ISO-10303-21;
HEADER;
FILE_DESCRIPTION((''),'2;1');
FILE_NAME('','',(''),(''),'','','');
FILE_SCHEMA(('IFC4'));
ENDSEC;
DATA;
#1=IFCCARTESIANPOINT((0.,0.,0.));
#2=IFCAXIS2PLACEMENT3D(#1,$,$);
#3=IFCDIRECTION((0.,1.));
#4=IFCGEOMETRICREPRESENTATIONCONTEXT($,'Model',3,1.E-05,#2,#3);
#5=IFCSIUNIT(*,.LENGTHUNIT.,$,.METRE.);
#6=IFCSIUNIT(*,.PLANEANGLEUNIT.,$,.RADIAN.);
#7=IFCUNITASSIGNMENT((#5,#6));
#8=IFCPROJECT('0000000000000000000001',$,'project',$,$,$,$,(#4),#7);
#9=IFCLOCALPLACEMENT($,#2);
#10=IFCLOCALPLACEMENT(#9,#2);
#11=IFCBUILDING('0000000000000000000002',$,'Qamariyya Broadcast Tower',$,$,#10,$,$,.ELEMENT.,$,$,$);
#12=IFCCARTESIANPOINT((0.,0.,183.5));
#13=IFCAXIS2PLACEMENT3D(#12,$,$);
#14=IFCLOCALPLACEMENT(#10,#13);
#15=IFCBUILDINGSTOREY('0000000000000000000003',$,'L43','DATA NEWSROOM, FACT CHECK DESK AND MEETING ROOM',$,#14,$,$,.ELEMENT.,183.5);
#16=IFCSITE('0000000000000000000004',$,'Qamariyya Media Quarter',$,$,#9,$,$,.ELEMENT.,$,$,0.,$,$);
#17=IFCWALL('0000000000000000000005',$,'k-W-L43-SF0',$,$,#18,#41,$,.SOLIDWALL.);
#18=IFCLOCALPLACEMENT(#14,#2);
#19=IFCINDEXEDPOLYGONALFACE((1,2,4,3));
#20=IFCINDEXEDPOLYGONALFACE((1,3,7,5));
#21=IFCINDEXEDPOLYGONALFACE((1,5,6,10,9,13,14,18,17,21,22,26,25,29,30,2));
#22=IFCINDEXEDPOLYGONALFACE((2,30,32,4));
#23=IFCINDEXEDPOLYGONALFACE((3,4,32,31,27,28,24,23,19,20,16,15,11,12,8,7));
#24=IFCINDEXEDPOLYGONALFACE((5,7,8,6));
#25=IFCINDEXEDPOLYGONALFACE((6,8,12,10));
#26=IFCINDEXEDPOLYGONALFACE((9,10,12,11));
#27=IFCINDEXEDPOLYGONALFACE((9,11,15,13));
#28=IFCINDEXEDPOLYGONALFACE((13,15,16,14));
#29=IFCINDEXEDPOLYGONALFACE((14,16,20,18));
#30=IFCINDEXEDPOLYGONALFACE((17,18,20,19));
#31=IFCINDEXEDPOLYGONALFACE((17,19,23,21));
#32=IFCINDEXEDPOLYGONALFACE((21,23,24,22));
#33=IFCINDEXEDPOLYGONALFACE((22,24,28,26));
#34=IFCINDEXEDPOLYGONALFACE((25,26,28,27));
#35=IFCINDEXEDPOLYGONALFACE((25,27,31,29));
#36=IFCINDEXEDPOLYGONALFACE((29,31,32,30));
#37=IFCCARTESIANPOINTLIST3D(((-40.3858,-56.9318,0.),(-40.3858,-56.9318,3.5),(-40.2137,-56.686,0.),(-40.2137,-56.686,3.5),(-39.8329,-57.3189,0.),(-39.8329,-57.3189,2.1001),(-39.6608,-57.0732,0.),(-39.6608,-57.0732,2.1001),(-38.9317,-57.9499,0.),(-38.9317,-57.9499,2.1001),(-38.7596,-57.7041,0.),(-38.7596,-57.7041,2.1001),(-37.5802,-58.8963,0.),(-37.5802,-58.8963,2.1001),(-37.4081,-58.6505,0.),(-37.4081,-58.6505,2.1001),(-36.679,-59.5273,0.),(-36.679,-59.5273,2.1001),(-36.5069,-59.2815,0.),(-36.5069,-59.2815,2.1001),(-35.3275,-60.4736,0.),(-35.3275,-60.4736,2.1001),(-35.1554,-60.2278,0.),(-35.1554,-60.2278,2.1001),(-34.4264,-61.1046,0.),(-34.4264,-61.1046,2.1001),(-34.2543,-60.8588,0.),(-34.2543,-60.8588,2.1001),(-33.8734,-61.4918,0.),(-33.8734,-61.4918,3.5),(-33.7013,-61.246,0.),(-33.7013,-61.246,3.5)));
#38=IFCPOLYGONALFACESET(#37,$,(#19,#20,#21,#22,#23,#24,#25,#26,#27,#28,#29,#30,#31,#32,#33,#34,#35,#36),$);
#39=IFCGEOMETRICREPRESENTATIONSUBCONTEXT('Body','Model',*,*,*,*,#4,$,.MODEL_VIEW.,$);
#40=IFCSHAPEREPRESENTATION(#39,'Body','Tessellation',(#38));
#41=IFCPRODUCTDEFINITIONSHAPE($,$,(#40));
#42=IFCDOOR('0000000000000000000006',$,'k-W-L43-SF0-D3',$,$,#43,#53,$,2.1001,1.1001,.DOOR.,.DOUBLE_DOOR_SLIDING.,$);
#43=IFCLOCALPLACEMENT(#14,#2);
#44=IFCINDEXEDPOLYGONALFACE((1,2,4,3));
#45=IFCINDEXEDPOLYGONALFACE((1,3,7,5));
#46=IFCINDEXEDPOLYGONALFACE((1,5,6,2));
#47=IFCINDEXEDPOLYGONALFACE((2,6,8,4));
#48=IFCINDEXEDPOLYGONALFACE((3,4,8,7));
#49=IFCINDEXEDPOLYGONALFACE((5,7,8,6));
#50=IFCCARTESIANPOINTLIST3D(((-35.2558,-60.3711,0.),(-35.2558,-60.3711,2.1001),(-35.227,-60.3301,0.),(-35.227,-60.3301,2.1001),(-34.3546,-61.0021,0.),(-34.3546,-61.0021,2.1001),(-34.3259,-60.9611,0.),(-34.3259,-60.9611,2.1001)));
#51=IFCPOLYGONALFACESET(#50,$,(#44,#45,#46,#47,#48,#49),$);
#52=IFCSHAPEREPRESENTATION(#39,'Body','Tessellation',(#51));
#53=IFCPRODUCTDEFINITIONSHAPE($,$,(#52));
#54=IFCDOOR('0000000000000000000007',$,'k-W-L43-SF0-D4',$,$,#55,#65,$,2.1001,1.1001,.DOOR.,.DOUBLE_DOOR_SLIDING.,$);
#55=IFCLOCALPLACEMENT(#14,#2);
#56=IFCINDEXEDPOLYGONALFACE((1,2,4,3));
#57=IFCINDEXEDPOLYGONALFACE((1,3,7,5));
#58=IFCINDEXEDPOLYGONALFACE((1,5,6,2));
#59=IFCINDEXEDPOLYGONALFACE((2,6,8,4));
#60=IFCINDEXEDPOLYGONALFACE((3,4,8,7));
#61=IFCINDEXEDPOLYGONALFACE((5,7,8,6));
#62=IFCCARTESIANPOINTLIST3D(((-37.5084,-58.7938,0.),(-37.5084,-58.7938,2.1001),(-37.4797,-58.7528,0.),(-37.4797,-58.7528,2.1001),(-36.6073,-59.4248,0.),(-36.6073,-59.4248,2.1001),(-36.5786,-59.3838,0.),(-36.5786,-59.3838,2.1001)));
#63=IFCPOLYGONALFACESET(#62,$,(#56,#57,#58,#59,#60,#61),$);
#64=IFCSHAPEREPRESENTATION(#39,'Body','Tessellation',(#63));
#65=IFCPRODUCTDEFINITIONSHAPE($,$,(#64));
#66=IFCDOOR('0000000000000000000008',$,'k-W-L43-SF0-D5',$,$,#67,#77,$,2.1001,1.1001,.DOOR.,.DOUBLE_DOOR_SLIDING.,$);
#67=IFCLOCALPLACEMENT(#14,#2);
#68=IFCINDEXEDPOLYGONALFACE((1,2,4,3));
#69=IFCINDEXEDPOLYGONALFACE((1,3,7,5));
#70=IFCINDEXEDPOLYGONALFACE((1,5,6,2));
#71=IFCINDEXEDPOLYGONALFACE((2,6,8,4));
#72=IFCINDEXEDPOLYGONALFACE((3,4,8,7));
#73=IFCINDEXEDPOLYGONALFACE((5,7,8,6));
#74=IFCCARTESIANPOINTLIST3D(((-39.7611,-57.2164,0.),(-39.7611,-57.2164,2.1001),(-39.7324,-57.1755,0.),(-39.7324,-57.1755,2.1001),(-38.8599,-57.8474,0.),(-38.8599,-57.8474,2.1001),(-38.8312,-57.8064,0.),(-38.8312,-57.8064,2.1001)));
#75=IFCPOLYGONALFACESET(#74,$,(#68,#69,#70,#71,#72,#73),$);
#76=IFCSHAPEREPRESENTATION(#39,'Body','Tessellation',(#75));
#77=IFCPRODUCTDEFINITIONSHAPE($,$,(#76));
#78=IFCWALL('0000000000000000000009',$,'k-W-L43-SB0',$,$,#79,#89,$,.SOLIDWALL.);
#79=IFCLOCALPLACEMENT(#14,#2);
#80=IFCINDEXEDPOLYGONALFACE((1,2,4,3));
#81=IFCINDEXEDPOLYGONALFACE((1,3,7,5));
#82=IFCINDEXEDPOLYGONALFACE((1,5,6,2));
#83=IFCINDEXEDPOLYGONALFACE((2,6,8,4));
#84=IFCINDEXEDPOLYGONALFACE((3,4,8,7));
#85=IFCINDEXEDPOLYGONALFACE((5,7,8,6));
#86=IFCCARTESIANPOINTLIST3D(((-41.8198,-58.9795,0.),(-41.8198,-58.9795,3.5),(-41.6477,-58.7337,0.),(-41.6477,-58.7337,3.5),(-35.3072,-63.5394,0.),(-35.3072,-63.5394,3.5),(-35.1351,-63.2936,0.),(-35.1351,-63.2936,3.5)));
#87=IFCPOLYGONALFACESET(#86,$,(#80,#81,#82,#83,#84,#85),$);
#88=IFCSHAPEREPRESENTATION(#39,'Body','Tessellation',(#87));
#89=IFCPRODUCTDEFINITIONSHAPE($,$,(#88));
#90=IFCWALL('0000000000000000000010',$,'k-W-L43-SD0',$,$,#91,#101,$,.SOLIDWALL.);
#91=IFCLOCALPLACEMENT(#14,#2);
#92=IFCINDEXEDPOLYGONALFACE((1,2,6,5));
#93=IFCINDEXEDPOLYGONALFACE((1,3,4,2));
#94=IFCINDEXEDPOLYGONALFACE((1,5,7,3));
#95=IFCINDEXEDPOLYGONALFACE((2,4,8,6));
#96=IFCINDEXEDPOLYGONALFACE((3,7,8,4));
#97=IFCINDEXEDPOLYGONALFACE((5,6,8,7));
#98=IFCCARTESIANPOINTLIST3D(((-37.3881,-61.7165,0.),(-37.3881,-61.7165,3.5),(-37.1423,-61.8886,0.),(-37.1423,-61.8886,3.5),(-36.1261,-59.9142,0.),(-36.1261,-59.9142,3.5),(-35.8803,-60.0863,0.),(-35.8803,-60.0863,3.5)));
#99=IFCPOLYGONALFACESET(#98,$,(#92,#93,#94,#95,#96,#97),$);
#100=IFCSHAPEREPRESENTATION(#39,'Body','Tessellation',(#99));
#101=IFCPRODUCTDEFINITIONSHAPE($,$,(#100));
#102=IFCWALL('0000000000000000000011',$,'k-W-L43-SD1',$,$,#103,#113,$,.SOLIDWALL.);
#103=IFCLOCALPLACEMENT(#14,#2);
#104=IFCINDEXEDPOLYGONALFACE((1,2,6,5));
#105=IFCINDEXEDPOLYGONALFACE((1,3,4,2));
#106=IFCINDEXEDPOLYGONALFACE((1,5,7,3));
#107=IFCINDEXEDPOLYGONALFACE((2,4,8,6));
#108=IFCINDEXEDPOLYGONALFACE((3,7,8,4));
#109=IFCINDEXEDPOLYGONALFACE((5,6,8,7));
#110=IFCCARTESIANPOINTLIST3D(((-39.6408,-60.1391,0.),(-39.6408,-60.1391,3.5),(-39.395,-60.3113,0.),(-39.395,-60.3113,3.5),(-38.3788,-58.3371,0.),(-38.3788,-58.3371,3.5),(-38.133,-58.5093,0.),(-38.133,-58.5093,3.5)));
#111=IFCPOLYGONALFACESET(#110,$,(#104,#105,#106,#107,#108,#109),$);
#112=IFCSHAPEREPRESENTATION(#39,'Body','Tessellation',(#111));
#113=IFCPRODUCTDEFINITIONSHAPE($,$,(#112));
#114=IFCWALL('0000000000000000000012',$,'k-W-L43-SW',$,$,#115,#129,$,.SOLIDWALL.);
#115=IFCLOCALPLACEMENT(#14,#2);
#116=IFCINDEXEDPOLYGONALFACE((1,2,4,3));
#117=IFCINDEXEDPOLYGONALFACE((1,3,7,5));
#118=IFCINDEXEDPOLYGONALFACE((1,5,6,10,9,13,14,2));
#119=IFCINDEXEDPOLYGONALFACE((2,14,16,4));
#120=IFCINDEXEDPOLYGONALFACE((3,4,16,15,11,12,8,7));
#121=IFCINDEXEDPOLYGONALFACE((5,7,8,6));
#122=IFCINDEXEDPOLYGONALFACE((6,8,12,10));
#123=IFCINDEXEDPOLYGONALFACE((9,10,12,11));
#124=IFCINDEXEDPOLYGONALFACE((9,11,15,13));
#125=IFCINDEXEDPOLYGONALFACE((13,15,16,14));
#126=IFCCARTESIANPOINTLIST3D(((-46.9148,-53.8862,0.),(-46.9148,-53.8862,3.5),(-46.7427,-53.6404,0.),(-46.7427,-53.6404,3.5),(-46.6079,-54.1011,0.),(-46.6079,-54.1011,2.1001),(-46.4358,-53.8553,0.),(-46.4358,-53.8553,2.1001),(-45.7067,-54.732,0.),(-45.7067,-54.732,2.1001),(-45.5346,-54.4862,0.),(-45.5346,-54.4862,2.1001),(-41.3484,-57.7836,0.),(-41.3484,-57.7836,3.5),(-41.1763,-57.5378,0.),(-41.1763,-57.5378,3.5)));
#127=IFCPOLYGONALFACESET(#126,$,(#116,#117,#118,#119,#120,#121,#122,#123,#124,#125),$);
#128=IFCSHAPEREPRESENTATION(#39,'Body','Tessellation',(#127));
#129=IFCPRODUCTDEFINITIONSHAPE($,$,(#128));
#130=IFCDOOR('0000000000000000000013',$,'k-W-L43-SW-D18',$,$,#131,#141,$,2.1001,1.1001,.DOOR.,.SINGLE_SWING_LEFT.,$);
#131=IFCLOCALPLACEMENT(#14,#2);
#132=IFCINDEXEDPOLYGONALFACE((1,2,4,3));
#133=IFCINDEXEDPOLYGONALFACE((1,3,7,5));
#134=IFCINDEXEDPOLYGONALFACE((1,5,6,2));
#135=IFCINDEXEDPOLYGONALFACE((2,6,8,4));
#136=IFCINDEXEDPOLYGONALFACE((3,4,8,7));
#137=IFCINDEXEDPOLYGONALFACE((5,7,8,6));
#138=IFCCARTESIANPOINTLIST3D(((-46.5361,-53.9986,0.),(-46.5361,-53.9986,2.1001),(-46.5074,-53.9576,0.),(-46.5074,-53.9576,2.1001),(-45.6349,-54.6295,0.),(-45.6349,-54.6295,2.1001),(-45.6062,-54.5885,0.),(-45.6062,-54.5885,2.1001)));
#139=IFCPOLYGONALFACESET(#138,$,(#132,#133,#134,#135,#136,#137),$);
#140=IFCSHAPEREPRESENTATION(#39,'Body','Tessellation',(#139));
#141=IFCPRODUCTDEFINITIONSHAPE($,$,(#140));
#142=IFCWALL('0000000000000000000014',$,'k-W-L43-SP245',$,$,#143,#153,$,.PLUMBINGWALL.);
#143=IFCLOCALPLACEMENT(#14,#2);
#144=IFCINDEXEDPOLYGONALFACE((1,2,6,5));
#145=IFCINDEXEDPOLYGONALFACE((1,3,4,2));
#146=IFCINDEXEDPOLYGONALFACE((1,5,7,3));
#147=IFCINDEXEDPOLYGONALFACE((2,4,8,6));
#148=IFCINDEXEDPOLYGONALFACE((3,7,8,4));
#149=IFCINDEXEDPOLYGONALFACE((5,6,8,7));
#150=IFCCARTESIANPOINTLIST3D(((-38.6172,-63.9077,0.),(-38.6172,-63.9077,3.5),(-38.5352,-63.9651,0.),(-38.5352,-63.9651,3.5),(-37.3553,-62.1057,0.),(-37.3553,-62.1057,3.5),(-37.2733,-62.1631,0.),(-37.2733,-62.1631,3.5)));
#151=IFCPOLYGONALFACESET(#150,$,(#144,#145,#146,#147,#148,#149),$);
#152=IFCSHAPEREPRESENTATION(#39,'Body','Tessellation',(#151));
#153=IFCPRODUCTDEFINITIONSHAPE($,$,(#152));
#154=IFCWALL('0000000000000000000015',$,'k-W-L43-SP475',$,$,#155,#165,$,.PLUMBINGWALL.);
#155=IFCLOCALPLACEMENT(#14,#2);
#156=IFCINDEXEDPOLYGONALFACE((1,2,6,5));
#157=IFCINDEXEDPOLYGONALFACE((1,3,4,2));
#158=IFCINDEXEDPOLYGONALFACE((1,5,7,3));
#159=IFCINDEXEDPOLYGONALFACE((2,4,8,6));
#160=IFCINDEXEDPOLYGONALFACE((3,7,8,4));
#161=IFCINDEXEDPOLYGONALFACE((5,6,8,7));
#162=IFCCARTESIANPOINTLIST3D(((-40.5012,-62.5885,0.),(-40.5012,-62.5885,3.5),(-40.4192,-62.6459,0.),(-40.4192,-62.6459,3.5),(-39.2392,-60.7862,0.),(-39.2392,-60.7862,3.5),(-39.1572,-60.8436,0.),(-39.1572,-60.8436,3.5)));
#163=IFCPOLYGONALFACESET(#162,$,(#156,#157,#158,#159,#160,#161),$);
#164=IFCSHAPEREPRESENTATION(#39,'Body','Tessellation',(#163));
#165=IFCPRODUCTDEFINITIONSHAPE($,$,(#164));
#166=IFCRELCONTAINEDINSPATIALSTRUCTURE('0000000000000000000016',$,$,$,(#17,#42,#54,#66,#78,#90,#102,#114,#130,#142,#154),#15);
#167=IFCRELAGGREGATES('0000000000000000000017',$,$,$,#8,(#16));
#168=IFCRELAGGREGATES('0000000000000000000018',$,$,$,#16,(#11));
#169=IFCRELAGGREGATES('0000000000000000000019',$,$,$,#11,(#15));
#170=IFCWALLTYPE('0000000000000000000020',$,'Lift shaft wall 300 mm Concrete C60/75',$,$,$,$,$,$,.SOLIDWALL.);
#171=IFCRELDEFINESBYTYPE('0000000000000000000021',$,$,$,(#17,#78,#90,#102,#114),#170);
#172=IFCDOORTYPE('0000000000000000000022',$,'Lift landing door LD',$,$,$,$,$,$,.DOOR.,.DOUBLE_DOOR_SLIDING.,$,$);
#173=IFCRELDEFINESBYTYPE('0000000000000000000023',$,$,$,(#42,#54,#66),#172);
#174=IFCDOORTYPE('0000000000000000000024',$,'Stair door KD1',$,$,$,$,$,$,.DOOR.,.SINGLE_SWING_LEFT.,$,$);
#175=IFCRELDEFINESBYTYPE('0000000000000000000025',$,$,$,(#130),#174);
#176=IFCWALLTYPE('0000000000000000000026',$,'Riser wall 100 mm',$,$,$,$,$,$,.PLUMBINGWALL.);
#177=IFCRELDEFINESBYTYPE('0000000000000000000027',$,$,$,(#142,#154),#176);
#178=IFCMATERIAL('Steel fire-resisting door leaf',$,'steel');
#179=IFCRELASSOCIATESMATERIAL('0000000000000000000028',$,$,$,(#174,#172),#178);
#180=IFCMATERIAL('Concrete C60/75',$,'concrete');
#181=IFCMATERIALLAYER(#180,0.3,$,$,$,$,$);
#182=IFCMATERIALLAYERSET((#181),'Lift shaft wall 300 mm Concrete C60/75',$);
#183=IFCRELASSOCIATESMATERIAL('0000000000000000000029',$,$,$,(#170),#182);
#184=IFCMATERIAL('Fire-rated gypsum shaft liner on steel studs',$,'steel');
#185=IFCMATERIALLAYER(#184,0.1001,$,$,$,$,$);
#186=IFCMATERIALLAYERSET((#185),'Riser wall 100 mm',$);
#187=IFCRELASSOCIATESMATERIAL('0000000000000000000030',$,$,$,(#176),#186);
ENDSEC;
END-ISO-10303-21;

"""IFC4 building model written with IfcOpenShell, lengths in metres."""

from ifc_helpers import new_model, si_unit, direction, frame, frame_2d, origin, place, context, subcontext, project, spatial, rectangle, extrude, material, layer, layer_set, type_object, element, fill, save


model = new_model("IFC4")

# Units and contexts
model_context = context("Model", 3, precision=1e-05, world=origin(), true_north=direction((0.0, 1.0)))
body_context = subcontext(model_context, "Body", "Model", "MODEL_VIEW")
ifc_project = project(units=[si_unit("LENGTHUNIT", "METRE"), si_unit("PLANEANGLEUNIT", "RADIAN")], contexts=[model_context])

# Site, building, storey
site_placement = place(None, origin())
site = spatial("IfcSite", under=ifc_project, at=site_placement, Name="Qamariyya Media Quarter", CompositionType="ELEMENT", RefElevation=0.0)
building_placement = place(site_placement, origin())
building = spatial("IfcBuilding", under=site, at=building_placement, Name="Qamariyya Broadcast Tower", CompositionType="ELEMENT")
storey_placement = place(building_placement, frame((0.0, 0.0, 183.5)))
storey = spatial("IfcBuildingStorey", under=building, at=storey_placement, Name="L43", Description="DATA NEWSROOM, FACT CHECK DESK AND MEETING ROOM", CompositionType="ELEMENT", Elevation=183.5)

# Shared definitions
ifc_material_1 = material(Name="Concrete C60/75", Category="concrete")

# Shared definitions
ifc_material_2 = material(Name="Steel fire-resisting door leaf", Category="steel")

# Shared definitions
door_type_1 = type_object("IfcDoorType", Name="Stair door KD1", OperationType="SINGLE_SWING_LEFT", PredefinedType="DOOR", material=ifc_material_2)

# Shared definitions
ifc_layer_1 = layer(ifc_material_1, 0.3)
ifc_layer_set_1 = layer_set([ifc_layer_1], Name="Lift shaft wall 300 mm Concrete C60/75")
wall_type_1 = type_object("IfcWallType", Name="Lift shaft wall 300 mm Concrete C60/75", PredefinedType="SOLIDWALL", material=ifc_layer_set_1)

# Wall, openings, doors
wall_1_placement = place(storey_placement, frame((-33.7874, -61.3689, 0.0), z_axis=(0.0, 0.0, 1.0), x_axis=(-0.819153, 0.573576, 0.0)))
wall_1 = element("IfcWall", 1, at=wall_1_placement, inside=storey, type_object=wall_type_1, Name="k-W-L43-SF0", PredefinedType="SOLIDWALL", context=body_context, shape_type="SweptSolid", body=[
    extrude(rectangle(XDim=7.9502, YDim=0.3, at=frame_2d((3.9751, 0.0))), origin(), (0.0, 0.0, 1.0), 3.5),
])
opening_1_placement = place(wall_1_placement, frame((0.675, 0.0, 0.0)))
opening_1 = element("IfcOpeningElement", 2, at=opening_1_placement, cuts=wall_1, PredefinedType="OPENING", context=body_context, shape_type="SweptSolid", body=[
    extrude(rectangle(XDim=1.1001, YDim=2.1001, at=frame_2d((0.55, 1.05))), frame((0.0, 0.1599, 0.0), z_axis=(0.0, -1.0, 0.0), x_axis=(1.0, 0.0, 0.0)), (0.0, 0.0, 1.0), 0.3201),
])
opening_2_placement = place(wall_1_placement, frame((3.425, 0.0, 0.0)))
opening_2 = element("IfcOpeningElement", 3, at=opening_2_placement, cuts=wall_1, PredefinedType="OPENING", context=body_context, shape_type="SweptSolid", body=[
    extrude(rectangle(XDim=1.1001, YDim=2.1001, at=frame_2d((0.55, 1.05))), frame((0.0, 0.1599, 0.0), z_axis=(0.0, -1.0, 0.0), x_axis=(1.0, 0.0, 0.0)), (0.0, 0.0, 1.0), 0.3201),
])
opening_3_placement = place(wall_1_placement, frame((6.175, 0.0, 0.0)))
opening_3 = element("IfcOpeningElement", 4, at=opening_3_placement, cuts=wall_1, PredefinedType="OPENING", context=body_context, shape_type="SweptSolid", body=[
    extrude(rectangle(XDim=1.1001, YDim=2.1001, at=frame_2d((0.55, 1.05))), frame((0.0, 0.1599, 0.0), z_axis=(0.0, -1.0, 0.0), x_axis=(1.0, 0.0, 0.0)), (0.0, 0.0, 1.0), 0.3201),
])
door_type_2 = type_object("IfcDoorType", Name="Lift landing door LD", OperationType="DOUBLE_DOOR_SLIDING", PredefinedType="DOOR", material=ifc_material_2)
door_1_placement = place(opening_1_placement, origin())
door_1 = element("IfcDoor", 5, at=door_1_placement, inside=storey, type_object=door_type_2, Name="k-W-L43-SF0-D3", OperationType="DOUBLE_DOOR_SLIDING", OverallHeight=2.1001, OverallWidth=1.1001, PredefinedType="DOOR", context=body_context, shape_type="SweptSolid", body=[
    extrude(rectangle(XDim=1.1001, YDim=2.1001, at=frame_2d((0.55, 1.05))), frame((0.0, 0.0249, 0.0), z_axis=(0.0, -1.0, 0.0), x_axis=(1.0, 0.0, 0.0)), (0.0, 0.0, 1.0), 0.05),
])
fill(opening_1, door_1)
door_2_placement = place(opening_2_placement, origin())
door_2 = element("IfcDoor", 6, at=door_2_placement, inside=storey, type_object=door_type_2, Name="k-W-L43-SF0-D4", OperationType="DOUBLE_DOOR_SLIDING", OverallHeight=2.1001, OverallWidth=1.1001, PredefinedType="DOOR", context=body_context, shape_type="SweptSolid", body=[
    extrude(rectangle(XDim=1.1001, YDim=2.1001, at=frame_2d((0.55, 1.05))), frame((0.0, 0.0249, 0.0), z_axis=(0.0, -1.0, 0.0), x_axis=(1.0, 0.0, 0.0)), (0.0, 0.0, 1.0), 0.05),
])
fill(opening_2, door_2)
door_3_placement = place(opening_3_placement, origin())
door_3 = element("IfcDoor", 7, at=door_3_placement, inside=storey, type_object=door_type_2, Name="k-W-L43-SF0-D5", OperationType="DOUBLE_DOOR_SLIDING", OverallHeight=2.1001, OverallWidth=1.1001, PredefinedType="DOOR", context=body_context, shape_type="SweptSolid", body=[
    extrude(rectangle(XDim=1.1001, YDim=2.1001, at=frame_2d((0.55, 1.05))), frame((0.0, 0.0249, 0.0), z_axis=(0.0, -1.0, 0.0), x_axis=(1.0, 0.0, 0.0)), (0.0, 0.0, 1.0), 0.05),
])
fill(opening_3, door_3)

# Walls
wall_2_placement = place(storey_placement, frame((-35.2212, -63.4165, 0.0), z_axis=(0.0, 0.0, 1.0), x_axis=(-0.819167, 0.573555, 0.0)))
element("IfcWall", 8, at=wall_2_placement, inside=storey, type_object=wall_type_1, Name="k-W-L43-SB0", PredefinedType="SOLIDWALL", context=body_context, shape_type="SweptSolid", body=[
    extrude(rectangle(XDim=7.9502, YDim=0.3, at=frame_2d((3.9751, 0.0))), origin(), (0.0, 0.0, 1.0), 3.5),
])
wall_3_placement = place(storey_placement, frame((-36.0032, -60.0002, 0.0), z_axis=(0.0, 0.0, 1.0), x_axis=(-0.573581, -0.819149, 0.0)))
element("IfcWall", 9, at=wall_3_placement, inside=storey, type_object=wall_type_1, Name="k-W-L43-SD0", PredefinedType="SOLIDWALL", context=body_context, shape_type="SweptSolid", body=[
    extrude(rectangle(XDim=2.2002, YDim=0.3, at=frame_2d((1.1001, 0.0))), origin(), (0.0, 0.0, 1.0), 3.5),
])
wall_4_placement = place(storey_placement, frame((-38.2559, -58.4231, 0.0), z_axis=(0.0, 0.0, 1.0), x_axis=(-0.573634, -0.819112, 0.0)))
element("IfcWall", 10, at=wall_4_placement, inside=storey, type_object=wall_type_1, Name="k-W-L43-SD1", PredefinedType="SOLIDWALL", context=body_context, shape_type="SweptSolid", body=[
    extrude(rectangle(XDim=2.2, YDim=0.3, at=frame_2d((1.1001, 0.0))), origin(), (0.0, 0.0, 1.0), 3.5),
])

# Wall, opening, door
wall_5_placement = place(storey_placement, frame((-41.2625, -57.6606, 0.0), z_axis=(0.0, 0.0, 1.0), x_axis=(-0.819164, 0.573559, 0.0)))
wall_5 = element("IfcWall", 11, at=wall_5_placement, inside=storey, type_object=wall_type_1, Name="k-W-L43-SW", PredefinedType="SOLIDWALL", context=body_context, shape_type="SweptSolid", body=[
    extrude(rectangle(XDim=6.7952, YDim=0.3, at=frame_2d((3.3975, 0.0))), origin(), (0.0, 0.0, 1.0), 3.5),
])
opening_4_placement = place(wall_5_placement, frame((5.3203, 0.0, 0.0)))
opening_4 = element("IfcOpeningElement", 12, at=opening_4_placement, cuts=wall_5, PredefinedType="OPENING", context=body_context, shape_type="SweptSolid", body=[
    extrude(rectangle(XDim=1.1001, YDim=2.1001, at=frame_2d((0.55, 1.05))), frame((0.0, 0.1599, 0.0), z_axis=(0.0, -1.0, 0.0), x_axis=(1.0, 0.0, 0.0)), (0.0, 0.0, 1.0), 0.3201),
])
door_4_placement = place(opening_4_placement, origin())
door_4 = element("IfcDoor", 13, at=door_4_placement, inside=storey, type_object=door_type_1, Name="k-W-L43-SW-D18", OperationType="SINGLE_SWING_LEFT", OverallHeight=2.1001, OverallWidth=1.1001, PredefinedType="DOOR", context=body_context, shape_type="SweptSolid", body=[
    extrude(rectangle(XDim=1.1001, YDim=2.1001, at=frame_2d((0.55, 1.05))), frame((0.0, 0.0249, 0.0), z_axis=(0.0, -1.0, 0.0), x_axis=(1.0, 0.0, 0.0)), (0.0, 0.0, 1.0), 0.05),
])
fill(opening_4, door_4)

# Walls
ifc_material_3 = material(Name="Fire-rated gypsum shaft liner on steel studs", Category="steel")
ifc_layer_2 = layer(ifc_material_3, 0.1001)
ifc_layer_set_2 = layer_set([ifc_layer_2], Name="Riser wall 100 mm")
wall_type_2 = type_object("IfcWallType", Name="Riser wall 100 mm", PredefinedType="PLUMBINGWALL", material=ifc_layer_set_2)
wall_6_placement = place(storey_placement, frame((-37.3142, -62.1343, 0.0), z_axis=(0.0, 0.0, 1.0), x_axis=(-0.573634, -0.819112, 0.0)))
element("IfcWall", 14, at=wall_6_placement, inside=storey, type_object=wall_type_2, Name="k-W-L43-SP245", PredefinedType="PLUMBINGWALL", context=body_context, shape_type="SweptSolid", body=[
    extrude(rectangle(XDim=2.2, YDim=0.1001, at=frame_2d((1.1001, 0.0))), origin(), (0.0, 0.0, 1.0), 3.5),
])
wall_7_placement = place(storey_placement, frame((-39.1982, -60.8149, 0.0), z_axis=(0.0, 0.0, 1.0), x_axis=(-0.573581, -0.819149, 0.0)))
element("IfcWall", 15, at=wall_7_placement, inside=storey, type_object=wall_type_2, Name="k-W-L43-SP475", PredefinedType="PLUMBINGWALL", context=body_context, shape_type="SweptSolid", body=[
    extrude(rectangle(XDim=2.2002, YDim=0.1001, at=frame_2d((1.1001, 0.0))), origin(), (0.0, 0.0, 1.0), 3.5),
])

save(model, "model.ifc")
